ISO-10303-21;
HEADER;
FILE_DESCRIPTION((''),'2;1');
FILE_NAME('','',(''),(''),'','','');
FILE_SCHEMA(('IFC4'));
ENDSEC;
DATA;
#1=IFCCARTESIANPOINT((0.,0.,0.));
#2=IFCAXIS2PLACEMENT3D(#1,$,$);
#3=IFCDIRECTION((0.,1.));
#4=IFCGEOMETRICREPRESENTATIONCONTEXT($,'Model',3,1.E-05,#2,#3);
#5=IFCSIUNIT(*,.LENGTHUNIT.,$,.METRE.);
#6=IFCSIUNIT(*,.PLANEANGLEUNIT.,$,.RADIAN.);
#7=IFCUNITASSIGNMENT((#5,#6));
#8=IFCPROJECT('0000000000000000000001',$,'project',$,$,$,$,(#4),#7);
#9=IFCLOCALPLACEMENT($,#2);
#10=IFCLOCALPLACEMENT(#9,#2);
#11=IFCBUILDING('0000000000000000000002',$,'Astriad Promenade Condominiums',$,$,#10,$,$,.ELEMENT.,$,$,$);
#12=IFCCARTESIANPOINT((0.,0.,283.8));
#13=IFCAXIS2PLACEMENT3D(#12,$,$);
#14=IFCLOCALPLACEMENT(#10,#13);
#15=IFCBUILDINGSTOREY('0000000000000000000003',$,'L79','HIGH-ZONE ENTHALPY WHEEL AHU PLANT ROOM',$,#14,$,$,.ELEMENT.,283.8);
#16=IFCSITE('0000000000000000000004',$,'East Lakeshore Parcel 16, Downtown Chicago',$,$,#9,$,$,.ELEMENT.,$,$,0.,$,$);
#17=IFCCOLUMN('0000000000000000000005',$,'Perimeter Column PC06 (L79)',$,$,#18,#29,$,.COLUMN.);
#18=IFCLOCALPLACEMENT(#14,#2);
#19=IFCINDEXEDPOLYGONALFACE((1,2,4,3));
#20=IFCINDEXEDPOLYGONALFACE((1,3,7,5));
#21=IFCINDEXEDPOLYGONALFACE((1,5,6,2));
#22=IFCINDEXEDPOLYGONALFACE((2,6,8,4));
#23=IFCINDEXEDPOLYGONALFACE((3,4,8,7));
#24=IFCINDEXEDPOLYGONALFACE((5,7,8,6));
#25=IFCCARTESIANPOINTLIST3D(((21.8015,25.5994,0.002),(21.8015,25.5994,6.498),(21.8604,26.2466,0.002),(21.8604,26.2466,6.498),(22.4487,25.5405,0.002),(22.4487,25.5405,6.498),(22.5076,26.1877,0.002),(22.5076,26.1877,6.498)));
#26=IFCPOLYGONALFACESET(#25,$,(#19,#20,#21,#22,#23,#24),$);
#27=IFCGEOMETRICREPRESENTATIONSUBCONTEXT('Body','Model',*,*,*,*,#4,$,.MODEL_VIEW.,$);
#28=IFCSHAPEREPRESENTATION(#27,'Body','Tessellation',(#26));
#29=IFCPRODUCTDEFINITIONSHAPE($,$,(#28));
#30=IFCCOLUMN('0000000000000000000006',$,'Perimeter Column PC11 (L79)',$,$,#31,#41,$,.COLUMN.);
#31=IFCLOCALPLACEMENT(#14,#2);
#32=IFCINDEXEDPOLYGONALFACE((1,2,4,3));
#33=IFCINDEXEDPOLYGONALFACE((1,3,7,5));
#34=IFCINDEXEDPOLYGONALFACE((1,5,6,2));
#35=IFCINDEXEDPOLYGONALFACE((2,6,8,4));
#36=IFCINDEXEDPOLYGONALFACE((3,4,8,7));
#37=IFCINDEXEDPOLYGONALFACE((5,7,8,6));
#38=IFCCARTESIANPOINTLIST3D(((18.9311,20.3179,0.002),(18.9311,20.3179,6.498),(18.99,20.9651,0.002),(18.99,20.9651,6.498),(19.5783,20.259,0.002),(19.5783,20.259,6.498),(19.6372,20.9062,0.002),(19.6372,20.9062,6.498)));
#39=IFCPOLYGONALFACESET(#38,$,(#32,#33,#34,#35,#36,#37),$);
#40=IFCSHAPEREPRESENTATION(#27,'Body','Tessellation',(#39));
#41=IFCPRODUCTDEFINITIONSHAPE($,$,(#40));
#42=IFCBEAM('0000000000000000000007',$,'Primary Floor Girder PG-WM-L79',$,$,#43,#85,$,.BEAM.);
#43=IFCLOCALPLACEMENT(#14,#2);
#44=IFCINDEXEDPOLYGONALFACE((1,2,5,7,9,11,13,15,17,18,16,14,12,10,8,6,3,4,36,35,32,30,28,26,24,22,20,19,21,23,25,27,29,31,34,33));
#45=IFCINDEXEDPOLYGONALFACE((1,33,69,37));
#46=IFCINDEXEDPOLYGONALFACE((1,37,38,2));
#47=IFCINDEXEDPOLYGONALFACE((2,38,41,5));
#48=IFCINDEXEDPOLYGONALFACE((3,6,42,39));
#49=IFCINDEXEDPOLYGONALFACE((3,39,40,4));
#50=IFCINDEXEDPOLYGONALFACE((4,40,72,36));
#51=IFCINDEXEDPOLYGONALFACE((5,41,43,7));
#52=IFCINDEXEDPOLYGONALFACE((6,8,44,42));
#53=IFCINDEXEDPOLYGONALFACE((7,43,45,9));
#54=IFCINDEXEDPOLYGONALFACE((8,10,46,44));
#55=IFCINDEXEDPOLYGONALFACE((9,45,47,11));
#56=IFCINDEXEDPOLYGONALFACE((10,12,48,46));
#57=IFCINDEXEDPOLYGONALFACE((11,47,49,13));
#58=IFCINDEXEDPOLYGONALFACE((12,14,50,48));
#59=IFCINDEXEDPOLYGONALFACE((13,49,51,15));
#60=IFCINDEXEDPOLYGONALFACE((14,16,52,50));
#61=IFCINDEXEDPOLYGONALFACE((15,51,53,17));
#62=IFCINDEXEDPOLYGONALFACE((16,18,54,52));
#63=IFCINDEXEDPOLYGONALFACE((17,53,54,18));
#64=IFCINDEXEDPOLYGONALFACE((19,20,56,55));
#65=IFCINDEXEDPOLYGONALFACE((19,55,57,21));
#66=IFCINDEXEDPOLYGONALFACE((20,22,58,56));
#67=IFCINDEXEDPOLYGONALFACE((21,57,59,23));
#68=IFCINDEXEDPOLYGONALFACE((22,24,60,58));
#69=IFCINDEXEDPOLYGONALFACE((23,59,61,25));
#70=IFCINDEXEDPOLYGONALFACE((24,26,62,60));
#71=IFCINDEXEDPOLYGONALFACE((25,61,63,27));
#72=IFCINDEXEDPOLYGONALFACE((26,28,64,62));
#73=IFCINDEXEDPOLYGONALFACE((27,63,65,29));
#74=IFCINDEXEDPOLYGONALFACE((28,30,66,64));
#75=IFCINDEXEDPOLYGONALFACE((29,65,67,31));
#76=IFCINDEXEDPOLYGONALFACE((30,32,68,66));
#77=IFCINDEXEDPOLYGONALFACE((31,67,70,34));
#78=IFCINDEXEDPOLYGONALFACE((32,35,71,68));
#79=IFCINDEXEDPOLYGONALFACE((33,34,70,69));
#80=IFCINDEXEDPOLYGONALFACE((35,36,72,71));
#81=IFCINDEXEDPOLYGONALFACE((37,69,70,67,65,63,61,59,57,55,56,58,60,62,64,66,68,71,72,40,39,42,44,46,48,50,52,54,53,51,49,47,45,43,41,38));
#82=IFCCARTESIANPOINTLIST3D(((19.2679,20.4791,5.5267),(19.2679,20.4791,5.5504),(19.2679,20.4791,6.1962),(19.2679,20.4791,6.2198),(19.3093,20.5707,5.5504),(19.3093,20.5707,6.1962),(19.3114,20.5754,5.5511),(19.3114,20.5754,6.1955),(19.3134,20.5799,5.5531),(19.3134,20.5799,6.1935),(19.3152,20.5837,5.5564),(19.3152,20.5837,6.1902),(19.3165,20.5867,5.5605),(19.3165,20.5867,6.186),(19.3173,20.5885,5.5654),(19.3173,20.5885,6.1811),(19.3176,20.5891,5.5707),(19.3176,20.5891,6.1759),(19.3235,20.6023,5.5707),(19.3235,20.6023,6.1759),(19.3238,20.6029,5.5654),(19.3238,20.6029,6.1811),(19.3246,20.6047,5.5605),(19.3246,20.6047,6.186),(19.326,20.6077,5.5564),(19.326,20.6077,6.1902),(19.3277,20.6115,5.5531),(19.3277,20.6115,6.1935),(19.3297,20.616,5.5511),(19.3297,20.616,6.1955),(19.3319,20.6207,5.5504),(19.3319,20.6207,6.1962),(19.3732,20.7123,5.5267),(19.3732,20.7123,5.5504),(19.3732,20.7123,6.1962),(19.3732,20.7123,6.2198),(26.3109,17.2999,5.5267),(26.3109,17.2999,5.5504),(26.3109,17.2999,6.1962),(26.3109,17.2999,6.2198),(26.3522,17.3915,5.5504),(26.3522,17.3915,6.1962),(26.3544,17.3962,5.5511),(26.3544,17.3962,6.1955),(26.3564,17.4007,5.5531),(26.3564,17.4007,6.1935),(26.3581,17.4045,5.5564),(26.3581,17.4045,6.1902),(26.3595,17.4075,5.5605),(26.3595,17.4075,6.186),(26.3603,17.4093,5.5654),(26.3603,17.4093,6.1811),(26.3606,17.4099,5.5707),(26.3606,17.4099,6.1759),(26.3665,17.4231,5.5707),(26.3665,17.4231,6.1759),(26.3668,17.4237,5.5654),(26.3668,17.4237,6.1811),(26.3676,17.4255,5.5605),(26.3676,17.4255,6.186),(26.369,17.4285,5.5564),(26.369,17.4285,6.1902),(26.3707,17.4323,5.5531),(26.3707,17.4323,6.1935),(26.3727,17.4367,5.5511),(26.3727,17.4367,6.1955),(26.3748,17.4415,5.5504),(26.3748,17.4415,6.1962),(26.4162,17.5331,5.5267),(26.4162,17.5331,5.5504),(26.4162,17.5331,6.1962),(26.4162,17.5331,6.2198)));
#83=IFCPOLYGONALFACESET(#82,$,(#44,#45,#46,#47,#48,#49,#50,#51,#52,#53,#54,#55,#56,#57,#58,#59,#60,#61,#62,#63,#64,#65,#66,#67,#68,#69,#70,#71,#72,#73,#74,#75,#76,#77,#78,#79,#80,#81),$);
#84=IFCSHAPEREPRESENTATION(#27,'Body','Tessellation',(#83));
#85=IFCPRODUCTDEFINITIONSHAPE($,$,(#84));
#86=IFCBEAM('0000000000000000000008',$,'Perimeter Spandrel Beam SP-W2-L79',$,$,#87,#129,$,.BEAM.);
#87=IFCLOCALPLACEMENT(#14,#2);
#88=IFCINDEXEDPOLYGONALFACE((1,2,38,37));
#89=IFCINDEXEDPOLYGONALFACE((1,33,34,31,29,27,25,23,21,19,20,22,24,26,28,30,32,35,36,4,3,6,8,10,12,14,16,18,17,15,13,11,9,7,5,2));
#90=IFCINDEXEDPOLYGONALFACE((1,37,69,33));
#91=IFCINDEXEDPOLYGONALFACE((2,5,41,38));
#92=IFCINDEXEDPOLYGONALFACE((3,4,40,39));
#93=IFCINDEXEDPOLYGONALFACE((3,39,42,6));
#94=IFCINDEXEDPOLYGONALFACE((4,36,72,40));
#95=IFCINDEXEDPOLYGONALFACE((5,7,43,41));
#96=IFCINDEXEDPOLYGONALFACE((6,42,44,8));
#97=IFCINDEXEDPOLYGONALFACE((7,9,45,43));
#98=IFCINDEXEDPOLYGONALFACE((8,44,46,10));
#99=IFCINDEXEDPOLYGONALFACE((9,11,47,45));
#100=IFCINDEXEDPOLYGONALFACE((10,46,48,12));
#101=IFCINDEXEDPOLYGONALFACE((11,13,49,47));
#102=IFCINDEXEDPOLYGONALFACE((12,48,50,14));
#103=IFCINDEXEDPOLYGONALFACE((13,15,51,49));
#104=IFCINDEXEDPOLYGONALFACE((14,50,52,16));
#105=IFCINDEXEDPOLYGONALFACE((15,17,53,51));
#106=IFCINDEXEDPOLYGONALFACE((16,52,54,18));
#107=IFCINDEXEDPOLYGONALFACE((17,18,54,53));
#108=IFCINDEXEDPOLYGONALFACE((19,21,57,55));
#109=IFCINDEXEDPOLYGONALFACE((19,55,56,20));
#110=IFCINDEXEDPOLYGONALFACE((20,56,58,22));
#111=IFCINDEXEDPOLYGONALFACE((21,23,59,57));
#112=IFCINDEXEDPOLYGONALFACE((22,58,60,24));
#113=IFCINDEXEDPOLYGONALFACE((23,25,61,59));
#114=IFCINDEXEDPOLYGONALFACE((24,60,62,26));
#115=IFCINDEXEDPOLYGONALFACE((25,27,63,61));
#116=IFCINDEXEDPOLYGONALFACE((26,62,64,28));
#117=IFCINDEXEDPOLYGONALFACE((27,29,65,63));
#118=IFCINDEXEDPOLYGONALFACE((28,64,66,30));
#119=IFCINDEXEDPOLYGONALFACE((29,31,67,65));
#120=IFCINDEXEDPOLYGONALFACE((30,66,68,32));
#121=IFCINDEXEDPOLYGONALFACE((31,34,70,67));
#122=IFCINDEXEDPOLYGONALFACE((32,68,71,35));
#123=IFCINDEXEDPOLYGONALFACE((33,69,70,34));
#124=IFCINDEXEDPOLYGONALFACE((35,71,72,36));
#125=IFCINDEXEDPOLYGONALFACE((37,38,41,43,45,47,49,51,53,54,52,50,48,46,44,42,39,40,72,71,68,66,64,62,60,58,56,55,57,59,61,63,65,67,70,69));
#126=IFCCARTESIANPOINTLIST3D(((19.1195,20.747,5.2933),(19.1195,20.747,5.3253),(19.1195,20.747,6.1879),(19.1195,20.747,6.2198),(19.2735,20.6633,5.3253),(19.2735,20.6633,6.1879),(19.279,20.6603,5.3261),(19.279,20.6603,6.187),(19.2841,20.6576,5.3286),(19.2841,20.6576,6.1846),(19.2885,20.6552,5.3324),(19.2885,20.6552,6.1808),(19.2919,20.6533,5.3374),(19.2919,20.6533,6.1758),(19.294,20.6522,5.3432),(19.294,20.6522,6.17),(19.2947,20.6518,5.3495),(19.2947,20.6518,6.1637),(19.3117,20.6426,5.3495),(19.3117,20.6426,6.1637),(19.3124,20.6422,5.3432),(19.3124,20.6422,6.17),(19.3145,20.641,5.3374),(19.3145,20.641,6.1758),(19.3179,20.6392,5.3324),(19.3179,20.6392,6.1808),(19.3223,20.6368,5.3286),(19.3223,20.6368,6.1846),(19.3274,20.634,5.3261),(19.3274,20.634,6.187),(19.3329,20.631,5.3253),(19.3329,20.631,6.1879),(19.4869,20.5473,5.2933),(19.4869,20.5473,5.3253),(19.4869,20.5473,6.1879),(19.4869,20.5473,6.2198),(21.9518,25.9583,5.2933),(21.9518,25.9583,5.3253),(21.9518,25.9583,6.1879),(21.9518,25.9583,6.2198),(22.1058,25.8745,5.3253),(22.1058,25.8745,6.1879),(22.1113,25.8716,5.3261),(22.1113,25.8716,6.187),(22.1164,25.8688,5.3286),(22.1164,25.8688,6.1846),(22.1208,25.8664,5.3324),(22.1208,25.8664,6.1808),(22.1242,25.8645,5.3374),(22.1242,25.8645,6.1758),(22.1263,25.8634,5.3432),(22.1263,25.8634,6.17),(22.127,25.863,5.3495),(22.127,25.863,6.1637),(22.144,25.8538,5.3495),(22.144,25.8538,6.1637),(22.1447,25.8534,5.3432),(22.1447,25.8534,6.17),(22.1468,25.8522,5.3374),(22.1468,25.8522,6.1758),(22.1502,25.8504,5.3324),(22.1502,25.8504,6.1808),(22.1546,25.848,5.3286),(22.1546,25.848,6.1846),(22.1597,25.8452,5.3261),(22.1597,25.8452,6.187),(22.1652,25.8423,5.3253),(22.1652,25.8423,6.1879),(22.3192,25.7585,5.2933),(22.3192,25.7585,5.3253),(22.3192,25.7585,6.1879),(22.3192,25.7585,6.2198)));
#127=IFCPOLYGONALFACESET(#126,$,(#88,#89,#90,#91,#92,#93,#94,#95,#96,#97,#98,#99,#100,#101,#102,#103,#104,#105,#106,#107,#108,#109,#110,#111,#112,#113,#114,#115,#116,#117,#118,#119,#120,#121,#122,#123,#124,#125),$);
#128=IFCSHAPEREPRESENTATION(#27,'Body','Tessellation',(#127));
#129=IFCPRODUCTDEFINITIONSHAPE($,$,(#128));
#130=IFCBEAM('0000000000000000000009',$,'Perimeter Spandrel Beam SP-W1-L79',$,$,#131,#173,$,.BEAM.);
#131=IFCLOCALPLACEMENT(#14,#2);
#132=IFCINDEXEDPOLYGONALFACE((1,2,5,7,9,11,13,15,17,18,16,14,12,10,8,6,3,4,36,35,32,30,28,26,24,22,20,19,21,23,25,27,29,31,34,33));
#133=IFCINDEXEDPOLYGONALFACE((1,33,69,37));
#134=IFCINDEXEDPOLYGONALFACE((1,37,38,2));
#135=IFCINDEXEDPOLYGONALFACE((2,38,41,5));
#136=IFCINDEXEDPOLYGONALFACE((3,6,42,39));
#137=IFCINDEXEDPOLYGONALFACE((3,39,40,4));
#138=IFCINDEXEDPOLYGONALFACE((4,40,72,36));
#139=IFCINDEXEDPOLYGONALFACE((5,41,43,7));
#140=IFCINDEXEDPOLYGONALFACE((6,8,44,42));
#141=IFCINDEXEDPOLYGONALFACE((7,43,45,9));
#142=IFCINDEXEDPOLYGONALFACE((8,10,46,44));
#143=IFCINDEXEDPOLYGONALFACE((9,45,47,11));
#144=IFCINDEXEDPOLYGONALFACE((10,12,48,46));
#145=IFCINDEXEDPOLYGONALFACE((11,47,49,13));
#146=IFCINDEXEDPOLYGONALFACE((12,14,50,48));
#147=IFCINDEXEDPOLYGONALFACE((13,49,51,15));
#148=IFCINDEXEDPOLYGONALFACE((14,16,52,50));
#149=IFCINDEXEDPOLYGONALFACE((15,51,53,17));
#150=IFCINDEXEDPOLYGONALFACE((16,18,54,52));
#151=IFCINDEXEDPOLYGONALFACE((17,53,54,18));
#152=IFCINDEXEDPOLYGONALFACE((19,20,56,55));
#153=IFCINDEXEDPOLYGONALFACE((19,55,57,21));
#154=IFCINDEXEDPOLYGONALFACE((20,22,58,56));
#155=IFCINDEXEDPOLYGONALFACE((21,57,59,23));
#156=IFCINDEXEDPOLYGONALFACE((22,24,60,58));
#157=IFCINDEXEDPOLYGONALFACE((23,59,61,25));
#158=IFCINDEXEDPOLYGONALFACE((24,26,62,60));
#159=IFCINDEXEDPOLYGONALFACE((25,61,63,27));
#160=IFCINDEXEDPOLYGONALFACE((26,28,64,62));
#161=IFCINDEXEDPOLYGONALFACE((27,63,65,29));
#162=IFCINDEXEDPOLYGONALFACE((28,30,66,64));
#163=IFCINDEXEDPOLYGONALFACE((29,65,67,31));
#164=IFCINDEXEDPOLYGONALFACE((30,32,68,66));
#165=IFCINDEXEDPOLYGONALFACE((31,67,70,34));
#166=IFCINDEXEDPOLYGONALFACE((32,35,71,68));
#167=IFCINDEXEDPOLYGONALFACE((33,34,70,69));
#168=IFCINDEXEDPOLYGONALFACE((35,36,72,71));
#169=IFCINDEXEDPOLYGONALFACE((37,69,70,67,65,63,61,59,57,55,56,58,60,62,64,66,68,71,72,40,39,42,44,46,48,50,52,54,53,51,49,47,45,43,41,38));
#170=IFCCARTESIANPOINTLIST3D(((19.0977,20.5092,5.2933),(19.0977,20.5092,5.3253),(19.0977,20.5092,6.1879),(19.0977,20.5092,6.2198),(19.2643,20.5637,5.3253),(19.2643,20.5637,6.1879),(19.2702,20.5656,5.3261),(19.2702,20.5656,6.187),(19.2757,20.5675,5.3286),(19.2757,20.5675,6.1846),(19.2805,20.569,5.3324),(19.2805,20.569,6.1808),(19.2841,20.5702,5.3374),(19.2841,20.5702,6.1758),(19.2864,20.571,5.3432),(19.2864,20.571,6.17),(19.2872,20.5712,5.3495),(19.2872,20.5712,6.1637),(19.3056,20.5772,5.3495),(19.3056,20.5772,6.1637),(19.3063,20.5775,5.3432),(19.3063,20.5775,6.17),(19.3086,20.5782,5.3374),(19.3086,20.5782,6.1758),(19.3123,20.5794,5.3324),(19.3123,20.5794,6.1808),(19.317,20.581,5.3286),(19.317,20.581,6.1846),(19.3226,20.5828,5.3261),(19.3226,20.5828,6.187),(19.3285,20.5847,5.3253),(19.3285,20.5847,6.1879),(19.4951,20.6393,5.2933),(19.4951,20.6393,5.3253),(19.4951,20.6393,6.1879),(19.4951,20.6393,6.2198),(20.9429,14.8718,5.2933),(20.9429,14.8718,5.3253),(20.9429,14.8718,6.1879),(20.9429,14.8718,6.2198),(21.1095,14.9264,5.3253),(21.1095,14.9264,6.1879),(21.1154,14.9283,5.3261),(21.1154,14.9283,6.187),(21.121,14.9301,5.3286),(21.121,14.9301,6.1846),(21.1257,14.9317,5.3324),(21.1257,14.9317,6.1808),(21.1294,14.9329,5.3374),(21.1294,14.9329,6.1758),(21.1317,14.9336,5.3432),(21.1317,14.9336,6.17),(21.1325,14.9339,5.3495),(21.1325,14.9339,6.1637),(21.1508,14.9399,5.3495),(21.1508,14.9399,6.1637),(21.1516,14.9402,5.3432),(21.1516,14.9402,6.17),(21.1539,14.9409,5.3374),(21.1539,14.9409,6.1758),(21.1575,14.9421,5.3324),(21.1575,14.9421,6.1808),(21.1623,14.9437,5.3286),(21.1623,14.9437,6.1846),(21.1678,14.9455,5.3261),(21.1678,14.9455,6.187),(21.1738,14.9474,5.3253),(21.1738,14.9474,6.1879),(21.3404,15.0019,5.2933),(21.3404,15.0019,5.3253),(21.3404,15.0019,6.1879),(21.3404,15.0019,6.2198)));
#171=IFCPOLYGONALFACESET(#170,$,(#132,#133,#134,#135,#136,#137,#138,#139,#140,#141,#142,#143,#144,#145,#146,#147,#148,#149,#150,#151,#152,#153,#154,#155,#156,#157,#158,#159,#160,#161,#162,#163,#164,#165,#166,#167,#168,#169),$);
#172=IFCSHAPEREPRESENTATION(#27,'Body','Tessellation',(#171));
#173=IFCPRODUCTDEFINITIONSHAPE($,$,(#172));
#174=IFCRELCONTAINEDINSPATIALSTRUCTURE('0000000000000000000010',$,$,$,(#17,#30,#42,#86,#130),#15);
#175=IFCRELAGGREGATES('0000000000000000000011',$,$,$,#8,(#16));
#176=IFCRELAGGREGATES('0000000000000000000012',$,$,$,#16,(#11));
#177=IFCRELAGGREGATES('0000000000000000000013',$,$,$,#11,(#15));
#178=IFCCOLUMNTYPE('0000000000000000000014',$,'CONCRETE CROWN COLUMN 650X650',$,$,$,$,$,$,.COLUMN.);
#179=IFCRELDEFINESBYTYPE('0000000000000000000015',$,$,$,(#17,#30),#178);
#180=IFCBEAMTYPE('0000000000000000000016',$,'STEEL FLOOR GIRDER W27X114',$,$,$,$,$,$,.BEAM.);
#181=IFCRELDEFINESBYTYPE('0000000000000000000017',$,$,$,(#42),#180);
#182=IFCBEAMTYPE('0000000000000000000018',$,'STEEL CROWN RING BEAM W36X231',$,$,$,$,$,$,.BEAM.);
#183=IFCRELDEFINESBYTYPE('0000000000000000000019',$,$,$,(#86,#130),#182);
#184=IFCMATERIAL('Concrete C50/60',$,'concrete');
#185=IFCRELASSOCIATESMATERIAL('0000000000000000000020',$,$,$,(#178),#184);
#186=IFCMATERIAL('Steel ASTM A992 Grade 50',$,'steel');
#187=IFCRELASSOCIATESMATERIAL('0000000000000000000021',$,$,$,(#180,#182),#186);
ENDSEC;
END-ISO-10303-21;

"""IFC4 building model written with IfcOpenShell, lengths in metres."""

from ifc_helpers import new_model, si_unit, direction, frame, origin, origin_2d, place, context, subcontext, project, spatial, rectangle, i_section, extrude, source, transform, mapped, material, material_profile, profile_set, type_object, type_shapes, element, save


model = new_model("IFC4")

# Units and contexts
model_context = context("Model", 3, precision=1e-05, world=origin(), true_north=direction((0.0, 1.0)))
body_context = subcontext(model_context, "Body", "Model", "MODEL_VIEW")
ifc_project = project(units=[si_unit("LENGTHUNIT", "METRE"), si_unit("PLANEANGLEUNIT", "RADIAN")], contexts=[model_context])

# Site, building, storey
site_placement = place(None, origin())
site = spatial("IfcSite", under=ifc_project, at=site_placement, Name="East Lakeshore Parcel 16, Downtown Chicago", CompositionType="ELEMENT", RefElevation=0.0)
building_placement = place(site_placement, origin())
building = spatial("IfcBuilding", under=site, at=building_placement, Name="Astriad Promenade Condominiums", CompositionType="ELEMENT")
storey_placement = place(building_placement, frame((0.0, 0.0, 283.8)))
storey = spatial("IfcBuildingStorey", under=building, at=storey_placement, Name="L79", Description="HIGH-ZONE ENTHALPY WHEEL AHU PLANT ROOM", CompositionType="ELEMENT", Elevation=283.8)

# Columns
ifc_material_1 = material(Name="Concrete C50/60", Category="concrete")
ifc_material_profile_1 = material_profile(ifc_material_1, rectangle(XDim=0.6499, YDim=0.6499, at=origin_2d()), Name="RC-COL-650X650")
ifc_profile_set_1 = profile_set([ifc_material_profile_1], Name="Concrete C50/60")
column_type = type_object("IfcColumnType", Name="CONCRETE CROWN COLUMN 650X650", PredefinedType="COLUMN", material=ifc_profile_set_1)
shared_shape_1 = source(origin(), body_context, "Body", "SweptSolid", [
    extrude(rectangle(XDim=0.6499, YDim=0.6499, at=origin_2d()), origin(), (0.0, 0.0, 1.0), 6.4961),
])
type_shapes(column_type, [shared_shape_1])
for number, where, z_axis, x_axis, name in (
    (1, (22.1545, 25.8936, 0.002), (0.0, 0.0, 1.0), (0.995884, -0.090633, 0.0), "Perimeter Column PC06 (L79)"),
    (2, (19.2842, 20.6121, 0.002), (0.0, 0.0, 1.0), (0.995884, -0.090633, 0.0), "Perimeter Column PC11 (L79)"),
):
    element("IfcColumn", number, at=place(storey_placement, frame(where, z_axis=z_axis, x_axis=x_axis)), inside=storey, type_object=column_type, Name=name, PredefinedType="COLUMN", context=body_context, shape_type="MappedRepresentation", body=[
        mapped(shared_shape_1, transform((0.0, 0.0, 0.0), scale=1.0)),
    ])

# Beams
ifc_material_2 = material(Name="Steel ASTM A992 Grade 50", Category="steel")
ifc_material_profile_2 = material_profile(ifc_material_2, i_section(OverallWidth=0.2559, OverallDepth=0.6931, WebThickness=0.0144, FlangeThickness=0.0237, FilletRadius=0.0203, at=origin_2d()), Name="W27X114")
ifc_profile_set_2 = profile_set([ifc_material_profile_2], Name="Steel ASTM A992 Grade 50")
beam_type_1 = type_object("IfcBeamType", Name="STEEL FLOOR GIRDER W27X114", PredefinedType="BEAM", material=ifc_profile_set_2)
shared_shape_2 = source(origin(), body_context, "Body", "SweptSolid", [
    extrude(i_section(OverallWidth=0.2559, OverallDepth=0.6931, WebThickness=0.0144, FlangeThickness=0.0237, FilletRadius=0.0203, at=origin_2d()), origin(), (0.0, 0.0, 1.0), 7.7273),
])
type_shapes(beam_type_1, [shared_shape_2])
beam_1_placement = place(storey_placement, frame((19.3206, 20.5957, 5.8733), z_axis=(0.911443, -0.411426, 0.0), x_axis=(0.411426, 0.911443, 0.0)))
element("IfcBeam", 3, at=beam_1_placement, inside=storey, type_object=beam_type_1, Name="Primary Floor Girder PG-WM-L79", PredefinedType="BEAM", context=body_context, shape_type="MappedRepresentation", body=[
    mapped(shared_shape_2, transform((0.0, 0.0, 0.0), scale=1.0)),
])
ifc_material_profile_3 = material_profile(ifc_material_2, i_section(OverallWidth=0.4182, OverallDepth=0.9265, WebThickness=0.0193, FlangeThickness=0.032, FilletRadius=0.0242, at=origin_2d()), Name="W36X231")
ifc_profile_set_3 = profile_set([ifc_material_profile_3], Name="Steel ASTM A992 Grade 50")
beam_type_2 = type_object("IfcBeamType", Name="STEEL CROWN RING BEAM W36X231", PredefinedType="BEAM", material=ifc_profile_set_3)
shared_shape_3 = source(origin(), body_context, "Body", "SweptSolid", [
    extrude(i_section(OverallWidth=0.4182, OverallDepth=0.9265, WebThickness=0.0193, FlangeThickness=0.032, FilletRadius=0.0242, at=origin_2d()), origin(), (0.0, 0.0, 1.0), 5.9312),
])
beam_2_placement = place(storey_placement, frame((22.1355, 25.8584, 5.7566), z_axis=(-0.477528, -0.878617, 0.0), x_axis=(0.878617, -0.477528, 0.0)))
element("IfcBeam", 4, at=beam_2_placement, inside=storey, type_object=beam_type_2, Name="Perimeter Spandrel Beam SP-W2-L79", PredefinedType="BEAM", context=body_context, shape_type="MappedRepresentation", body=[
    mapped(shared_shape_3, transform((0.0, 0.0, 0.0), scale=1.0)),
])
shared_shape_4 = source(origin(), body_context, "Body", "SweptSolid", [
    extrude(i_section(OverallWidth=0.4182, OverallDepth=0.9265, WebThickness=0.0193, FlangeThickness=0.032, FilletRadius=0.0242, at=origin_2d()), origin(), (0.0, 0.0, 1.0), 5.9316),
])
type_shapes(beam_type_2, [shared_shape_3, shared_shape_4])
beam_3_placement = place(storey_placement, frame((19.2964, 20.5742, 5.7566), z_axis=(0.311086, -0.950382, 0.0), x_axis=(0.950382, 0.311086, 0.0)))
element("IfcBeam", 5, at=beam_3_placement, inside=storey, type_object=beam_type_2, Name="Perimeter Spandrel Beam SP-W1-L79", PredefinedType="BEAM", context=body_context, shape_type="MappedRepresentation", body=[
    mapped(shared_shape_4, transform((0.0, 0.0, 0.0), scale=1.0)),
])

save(model, "model.ifc")
